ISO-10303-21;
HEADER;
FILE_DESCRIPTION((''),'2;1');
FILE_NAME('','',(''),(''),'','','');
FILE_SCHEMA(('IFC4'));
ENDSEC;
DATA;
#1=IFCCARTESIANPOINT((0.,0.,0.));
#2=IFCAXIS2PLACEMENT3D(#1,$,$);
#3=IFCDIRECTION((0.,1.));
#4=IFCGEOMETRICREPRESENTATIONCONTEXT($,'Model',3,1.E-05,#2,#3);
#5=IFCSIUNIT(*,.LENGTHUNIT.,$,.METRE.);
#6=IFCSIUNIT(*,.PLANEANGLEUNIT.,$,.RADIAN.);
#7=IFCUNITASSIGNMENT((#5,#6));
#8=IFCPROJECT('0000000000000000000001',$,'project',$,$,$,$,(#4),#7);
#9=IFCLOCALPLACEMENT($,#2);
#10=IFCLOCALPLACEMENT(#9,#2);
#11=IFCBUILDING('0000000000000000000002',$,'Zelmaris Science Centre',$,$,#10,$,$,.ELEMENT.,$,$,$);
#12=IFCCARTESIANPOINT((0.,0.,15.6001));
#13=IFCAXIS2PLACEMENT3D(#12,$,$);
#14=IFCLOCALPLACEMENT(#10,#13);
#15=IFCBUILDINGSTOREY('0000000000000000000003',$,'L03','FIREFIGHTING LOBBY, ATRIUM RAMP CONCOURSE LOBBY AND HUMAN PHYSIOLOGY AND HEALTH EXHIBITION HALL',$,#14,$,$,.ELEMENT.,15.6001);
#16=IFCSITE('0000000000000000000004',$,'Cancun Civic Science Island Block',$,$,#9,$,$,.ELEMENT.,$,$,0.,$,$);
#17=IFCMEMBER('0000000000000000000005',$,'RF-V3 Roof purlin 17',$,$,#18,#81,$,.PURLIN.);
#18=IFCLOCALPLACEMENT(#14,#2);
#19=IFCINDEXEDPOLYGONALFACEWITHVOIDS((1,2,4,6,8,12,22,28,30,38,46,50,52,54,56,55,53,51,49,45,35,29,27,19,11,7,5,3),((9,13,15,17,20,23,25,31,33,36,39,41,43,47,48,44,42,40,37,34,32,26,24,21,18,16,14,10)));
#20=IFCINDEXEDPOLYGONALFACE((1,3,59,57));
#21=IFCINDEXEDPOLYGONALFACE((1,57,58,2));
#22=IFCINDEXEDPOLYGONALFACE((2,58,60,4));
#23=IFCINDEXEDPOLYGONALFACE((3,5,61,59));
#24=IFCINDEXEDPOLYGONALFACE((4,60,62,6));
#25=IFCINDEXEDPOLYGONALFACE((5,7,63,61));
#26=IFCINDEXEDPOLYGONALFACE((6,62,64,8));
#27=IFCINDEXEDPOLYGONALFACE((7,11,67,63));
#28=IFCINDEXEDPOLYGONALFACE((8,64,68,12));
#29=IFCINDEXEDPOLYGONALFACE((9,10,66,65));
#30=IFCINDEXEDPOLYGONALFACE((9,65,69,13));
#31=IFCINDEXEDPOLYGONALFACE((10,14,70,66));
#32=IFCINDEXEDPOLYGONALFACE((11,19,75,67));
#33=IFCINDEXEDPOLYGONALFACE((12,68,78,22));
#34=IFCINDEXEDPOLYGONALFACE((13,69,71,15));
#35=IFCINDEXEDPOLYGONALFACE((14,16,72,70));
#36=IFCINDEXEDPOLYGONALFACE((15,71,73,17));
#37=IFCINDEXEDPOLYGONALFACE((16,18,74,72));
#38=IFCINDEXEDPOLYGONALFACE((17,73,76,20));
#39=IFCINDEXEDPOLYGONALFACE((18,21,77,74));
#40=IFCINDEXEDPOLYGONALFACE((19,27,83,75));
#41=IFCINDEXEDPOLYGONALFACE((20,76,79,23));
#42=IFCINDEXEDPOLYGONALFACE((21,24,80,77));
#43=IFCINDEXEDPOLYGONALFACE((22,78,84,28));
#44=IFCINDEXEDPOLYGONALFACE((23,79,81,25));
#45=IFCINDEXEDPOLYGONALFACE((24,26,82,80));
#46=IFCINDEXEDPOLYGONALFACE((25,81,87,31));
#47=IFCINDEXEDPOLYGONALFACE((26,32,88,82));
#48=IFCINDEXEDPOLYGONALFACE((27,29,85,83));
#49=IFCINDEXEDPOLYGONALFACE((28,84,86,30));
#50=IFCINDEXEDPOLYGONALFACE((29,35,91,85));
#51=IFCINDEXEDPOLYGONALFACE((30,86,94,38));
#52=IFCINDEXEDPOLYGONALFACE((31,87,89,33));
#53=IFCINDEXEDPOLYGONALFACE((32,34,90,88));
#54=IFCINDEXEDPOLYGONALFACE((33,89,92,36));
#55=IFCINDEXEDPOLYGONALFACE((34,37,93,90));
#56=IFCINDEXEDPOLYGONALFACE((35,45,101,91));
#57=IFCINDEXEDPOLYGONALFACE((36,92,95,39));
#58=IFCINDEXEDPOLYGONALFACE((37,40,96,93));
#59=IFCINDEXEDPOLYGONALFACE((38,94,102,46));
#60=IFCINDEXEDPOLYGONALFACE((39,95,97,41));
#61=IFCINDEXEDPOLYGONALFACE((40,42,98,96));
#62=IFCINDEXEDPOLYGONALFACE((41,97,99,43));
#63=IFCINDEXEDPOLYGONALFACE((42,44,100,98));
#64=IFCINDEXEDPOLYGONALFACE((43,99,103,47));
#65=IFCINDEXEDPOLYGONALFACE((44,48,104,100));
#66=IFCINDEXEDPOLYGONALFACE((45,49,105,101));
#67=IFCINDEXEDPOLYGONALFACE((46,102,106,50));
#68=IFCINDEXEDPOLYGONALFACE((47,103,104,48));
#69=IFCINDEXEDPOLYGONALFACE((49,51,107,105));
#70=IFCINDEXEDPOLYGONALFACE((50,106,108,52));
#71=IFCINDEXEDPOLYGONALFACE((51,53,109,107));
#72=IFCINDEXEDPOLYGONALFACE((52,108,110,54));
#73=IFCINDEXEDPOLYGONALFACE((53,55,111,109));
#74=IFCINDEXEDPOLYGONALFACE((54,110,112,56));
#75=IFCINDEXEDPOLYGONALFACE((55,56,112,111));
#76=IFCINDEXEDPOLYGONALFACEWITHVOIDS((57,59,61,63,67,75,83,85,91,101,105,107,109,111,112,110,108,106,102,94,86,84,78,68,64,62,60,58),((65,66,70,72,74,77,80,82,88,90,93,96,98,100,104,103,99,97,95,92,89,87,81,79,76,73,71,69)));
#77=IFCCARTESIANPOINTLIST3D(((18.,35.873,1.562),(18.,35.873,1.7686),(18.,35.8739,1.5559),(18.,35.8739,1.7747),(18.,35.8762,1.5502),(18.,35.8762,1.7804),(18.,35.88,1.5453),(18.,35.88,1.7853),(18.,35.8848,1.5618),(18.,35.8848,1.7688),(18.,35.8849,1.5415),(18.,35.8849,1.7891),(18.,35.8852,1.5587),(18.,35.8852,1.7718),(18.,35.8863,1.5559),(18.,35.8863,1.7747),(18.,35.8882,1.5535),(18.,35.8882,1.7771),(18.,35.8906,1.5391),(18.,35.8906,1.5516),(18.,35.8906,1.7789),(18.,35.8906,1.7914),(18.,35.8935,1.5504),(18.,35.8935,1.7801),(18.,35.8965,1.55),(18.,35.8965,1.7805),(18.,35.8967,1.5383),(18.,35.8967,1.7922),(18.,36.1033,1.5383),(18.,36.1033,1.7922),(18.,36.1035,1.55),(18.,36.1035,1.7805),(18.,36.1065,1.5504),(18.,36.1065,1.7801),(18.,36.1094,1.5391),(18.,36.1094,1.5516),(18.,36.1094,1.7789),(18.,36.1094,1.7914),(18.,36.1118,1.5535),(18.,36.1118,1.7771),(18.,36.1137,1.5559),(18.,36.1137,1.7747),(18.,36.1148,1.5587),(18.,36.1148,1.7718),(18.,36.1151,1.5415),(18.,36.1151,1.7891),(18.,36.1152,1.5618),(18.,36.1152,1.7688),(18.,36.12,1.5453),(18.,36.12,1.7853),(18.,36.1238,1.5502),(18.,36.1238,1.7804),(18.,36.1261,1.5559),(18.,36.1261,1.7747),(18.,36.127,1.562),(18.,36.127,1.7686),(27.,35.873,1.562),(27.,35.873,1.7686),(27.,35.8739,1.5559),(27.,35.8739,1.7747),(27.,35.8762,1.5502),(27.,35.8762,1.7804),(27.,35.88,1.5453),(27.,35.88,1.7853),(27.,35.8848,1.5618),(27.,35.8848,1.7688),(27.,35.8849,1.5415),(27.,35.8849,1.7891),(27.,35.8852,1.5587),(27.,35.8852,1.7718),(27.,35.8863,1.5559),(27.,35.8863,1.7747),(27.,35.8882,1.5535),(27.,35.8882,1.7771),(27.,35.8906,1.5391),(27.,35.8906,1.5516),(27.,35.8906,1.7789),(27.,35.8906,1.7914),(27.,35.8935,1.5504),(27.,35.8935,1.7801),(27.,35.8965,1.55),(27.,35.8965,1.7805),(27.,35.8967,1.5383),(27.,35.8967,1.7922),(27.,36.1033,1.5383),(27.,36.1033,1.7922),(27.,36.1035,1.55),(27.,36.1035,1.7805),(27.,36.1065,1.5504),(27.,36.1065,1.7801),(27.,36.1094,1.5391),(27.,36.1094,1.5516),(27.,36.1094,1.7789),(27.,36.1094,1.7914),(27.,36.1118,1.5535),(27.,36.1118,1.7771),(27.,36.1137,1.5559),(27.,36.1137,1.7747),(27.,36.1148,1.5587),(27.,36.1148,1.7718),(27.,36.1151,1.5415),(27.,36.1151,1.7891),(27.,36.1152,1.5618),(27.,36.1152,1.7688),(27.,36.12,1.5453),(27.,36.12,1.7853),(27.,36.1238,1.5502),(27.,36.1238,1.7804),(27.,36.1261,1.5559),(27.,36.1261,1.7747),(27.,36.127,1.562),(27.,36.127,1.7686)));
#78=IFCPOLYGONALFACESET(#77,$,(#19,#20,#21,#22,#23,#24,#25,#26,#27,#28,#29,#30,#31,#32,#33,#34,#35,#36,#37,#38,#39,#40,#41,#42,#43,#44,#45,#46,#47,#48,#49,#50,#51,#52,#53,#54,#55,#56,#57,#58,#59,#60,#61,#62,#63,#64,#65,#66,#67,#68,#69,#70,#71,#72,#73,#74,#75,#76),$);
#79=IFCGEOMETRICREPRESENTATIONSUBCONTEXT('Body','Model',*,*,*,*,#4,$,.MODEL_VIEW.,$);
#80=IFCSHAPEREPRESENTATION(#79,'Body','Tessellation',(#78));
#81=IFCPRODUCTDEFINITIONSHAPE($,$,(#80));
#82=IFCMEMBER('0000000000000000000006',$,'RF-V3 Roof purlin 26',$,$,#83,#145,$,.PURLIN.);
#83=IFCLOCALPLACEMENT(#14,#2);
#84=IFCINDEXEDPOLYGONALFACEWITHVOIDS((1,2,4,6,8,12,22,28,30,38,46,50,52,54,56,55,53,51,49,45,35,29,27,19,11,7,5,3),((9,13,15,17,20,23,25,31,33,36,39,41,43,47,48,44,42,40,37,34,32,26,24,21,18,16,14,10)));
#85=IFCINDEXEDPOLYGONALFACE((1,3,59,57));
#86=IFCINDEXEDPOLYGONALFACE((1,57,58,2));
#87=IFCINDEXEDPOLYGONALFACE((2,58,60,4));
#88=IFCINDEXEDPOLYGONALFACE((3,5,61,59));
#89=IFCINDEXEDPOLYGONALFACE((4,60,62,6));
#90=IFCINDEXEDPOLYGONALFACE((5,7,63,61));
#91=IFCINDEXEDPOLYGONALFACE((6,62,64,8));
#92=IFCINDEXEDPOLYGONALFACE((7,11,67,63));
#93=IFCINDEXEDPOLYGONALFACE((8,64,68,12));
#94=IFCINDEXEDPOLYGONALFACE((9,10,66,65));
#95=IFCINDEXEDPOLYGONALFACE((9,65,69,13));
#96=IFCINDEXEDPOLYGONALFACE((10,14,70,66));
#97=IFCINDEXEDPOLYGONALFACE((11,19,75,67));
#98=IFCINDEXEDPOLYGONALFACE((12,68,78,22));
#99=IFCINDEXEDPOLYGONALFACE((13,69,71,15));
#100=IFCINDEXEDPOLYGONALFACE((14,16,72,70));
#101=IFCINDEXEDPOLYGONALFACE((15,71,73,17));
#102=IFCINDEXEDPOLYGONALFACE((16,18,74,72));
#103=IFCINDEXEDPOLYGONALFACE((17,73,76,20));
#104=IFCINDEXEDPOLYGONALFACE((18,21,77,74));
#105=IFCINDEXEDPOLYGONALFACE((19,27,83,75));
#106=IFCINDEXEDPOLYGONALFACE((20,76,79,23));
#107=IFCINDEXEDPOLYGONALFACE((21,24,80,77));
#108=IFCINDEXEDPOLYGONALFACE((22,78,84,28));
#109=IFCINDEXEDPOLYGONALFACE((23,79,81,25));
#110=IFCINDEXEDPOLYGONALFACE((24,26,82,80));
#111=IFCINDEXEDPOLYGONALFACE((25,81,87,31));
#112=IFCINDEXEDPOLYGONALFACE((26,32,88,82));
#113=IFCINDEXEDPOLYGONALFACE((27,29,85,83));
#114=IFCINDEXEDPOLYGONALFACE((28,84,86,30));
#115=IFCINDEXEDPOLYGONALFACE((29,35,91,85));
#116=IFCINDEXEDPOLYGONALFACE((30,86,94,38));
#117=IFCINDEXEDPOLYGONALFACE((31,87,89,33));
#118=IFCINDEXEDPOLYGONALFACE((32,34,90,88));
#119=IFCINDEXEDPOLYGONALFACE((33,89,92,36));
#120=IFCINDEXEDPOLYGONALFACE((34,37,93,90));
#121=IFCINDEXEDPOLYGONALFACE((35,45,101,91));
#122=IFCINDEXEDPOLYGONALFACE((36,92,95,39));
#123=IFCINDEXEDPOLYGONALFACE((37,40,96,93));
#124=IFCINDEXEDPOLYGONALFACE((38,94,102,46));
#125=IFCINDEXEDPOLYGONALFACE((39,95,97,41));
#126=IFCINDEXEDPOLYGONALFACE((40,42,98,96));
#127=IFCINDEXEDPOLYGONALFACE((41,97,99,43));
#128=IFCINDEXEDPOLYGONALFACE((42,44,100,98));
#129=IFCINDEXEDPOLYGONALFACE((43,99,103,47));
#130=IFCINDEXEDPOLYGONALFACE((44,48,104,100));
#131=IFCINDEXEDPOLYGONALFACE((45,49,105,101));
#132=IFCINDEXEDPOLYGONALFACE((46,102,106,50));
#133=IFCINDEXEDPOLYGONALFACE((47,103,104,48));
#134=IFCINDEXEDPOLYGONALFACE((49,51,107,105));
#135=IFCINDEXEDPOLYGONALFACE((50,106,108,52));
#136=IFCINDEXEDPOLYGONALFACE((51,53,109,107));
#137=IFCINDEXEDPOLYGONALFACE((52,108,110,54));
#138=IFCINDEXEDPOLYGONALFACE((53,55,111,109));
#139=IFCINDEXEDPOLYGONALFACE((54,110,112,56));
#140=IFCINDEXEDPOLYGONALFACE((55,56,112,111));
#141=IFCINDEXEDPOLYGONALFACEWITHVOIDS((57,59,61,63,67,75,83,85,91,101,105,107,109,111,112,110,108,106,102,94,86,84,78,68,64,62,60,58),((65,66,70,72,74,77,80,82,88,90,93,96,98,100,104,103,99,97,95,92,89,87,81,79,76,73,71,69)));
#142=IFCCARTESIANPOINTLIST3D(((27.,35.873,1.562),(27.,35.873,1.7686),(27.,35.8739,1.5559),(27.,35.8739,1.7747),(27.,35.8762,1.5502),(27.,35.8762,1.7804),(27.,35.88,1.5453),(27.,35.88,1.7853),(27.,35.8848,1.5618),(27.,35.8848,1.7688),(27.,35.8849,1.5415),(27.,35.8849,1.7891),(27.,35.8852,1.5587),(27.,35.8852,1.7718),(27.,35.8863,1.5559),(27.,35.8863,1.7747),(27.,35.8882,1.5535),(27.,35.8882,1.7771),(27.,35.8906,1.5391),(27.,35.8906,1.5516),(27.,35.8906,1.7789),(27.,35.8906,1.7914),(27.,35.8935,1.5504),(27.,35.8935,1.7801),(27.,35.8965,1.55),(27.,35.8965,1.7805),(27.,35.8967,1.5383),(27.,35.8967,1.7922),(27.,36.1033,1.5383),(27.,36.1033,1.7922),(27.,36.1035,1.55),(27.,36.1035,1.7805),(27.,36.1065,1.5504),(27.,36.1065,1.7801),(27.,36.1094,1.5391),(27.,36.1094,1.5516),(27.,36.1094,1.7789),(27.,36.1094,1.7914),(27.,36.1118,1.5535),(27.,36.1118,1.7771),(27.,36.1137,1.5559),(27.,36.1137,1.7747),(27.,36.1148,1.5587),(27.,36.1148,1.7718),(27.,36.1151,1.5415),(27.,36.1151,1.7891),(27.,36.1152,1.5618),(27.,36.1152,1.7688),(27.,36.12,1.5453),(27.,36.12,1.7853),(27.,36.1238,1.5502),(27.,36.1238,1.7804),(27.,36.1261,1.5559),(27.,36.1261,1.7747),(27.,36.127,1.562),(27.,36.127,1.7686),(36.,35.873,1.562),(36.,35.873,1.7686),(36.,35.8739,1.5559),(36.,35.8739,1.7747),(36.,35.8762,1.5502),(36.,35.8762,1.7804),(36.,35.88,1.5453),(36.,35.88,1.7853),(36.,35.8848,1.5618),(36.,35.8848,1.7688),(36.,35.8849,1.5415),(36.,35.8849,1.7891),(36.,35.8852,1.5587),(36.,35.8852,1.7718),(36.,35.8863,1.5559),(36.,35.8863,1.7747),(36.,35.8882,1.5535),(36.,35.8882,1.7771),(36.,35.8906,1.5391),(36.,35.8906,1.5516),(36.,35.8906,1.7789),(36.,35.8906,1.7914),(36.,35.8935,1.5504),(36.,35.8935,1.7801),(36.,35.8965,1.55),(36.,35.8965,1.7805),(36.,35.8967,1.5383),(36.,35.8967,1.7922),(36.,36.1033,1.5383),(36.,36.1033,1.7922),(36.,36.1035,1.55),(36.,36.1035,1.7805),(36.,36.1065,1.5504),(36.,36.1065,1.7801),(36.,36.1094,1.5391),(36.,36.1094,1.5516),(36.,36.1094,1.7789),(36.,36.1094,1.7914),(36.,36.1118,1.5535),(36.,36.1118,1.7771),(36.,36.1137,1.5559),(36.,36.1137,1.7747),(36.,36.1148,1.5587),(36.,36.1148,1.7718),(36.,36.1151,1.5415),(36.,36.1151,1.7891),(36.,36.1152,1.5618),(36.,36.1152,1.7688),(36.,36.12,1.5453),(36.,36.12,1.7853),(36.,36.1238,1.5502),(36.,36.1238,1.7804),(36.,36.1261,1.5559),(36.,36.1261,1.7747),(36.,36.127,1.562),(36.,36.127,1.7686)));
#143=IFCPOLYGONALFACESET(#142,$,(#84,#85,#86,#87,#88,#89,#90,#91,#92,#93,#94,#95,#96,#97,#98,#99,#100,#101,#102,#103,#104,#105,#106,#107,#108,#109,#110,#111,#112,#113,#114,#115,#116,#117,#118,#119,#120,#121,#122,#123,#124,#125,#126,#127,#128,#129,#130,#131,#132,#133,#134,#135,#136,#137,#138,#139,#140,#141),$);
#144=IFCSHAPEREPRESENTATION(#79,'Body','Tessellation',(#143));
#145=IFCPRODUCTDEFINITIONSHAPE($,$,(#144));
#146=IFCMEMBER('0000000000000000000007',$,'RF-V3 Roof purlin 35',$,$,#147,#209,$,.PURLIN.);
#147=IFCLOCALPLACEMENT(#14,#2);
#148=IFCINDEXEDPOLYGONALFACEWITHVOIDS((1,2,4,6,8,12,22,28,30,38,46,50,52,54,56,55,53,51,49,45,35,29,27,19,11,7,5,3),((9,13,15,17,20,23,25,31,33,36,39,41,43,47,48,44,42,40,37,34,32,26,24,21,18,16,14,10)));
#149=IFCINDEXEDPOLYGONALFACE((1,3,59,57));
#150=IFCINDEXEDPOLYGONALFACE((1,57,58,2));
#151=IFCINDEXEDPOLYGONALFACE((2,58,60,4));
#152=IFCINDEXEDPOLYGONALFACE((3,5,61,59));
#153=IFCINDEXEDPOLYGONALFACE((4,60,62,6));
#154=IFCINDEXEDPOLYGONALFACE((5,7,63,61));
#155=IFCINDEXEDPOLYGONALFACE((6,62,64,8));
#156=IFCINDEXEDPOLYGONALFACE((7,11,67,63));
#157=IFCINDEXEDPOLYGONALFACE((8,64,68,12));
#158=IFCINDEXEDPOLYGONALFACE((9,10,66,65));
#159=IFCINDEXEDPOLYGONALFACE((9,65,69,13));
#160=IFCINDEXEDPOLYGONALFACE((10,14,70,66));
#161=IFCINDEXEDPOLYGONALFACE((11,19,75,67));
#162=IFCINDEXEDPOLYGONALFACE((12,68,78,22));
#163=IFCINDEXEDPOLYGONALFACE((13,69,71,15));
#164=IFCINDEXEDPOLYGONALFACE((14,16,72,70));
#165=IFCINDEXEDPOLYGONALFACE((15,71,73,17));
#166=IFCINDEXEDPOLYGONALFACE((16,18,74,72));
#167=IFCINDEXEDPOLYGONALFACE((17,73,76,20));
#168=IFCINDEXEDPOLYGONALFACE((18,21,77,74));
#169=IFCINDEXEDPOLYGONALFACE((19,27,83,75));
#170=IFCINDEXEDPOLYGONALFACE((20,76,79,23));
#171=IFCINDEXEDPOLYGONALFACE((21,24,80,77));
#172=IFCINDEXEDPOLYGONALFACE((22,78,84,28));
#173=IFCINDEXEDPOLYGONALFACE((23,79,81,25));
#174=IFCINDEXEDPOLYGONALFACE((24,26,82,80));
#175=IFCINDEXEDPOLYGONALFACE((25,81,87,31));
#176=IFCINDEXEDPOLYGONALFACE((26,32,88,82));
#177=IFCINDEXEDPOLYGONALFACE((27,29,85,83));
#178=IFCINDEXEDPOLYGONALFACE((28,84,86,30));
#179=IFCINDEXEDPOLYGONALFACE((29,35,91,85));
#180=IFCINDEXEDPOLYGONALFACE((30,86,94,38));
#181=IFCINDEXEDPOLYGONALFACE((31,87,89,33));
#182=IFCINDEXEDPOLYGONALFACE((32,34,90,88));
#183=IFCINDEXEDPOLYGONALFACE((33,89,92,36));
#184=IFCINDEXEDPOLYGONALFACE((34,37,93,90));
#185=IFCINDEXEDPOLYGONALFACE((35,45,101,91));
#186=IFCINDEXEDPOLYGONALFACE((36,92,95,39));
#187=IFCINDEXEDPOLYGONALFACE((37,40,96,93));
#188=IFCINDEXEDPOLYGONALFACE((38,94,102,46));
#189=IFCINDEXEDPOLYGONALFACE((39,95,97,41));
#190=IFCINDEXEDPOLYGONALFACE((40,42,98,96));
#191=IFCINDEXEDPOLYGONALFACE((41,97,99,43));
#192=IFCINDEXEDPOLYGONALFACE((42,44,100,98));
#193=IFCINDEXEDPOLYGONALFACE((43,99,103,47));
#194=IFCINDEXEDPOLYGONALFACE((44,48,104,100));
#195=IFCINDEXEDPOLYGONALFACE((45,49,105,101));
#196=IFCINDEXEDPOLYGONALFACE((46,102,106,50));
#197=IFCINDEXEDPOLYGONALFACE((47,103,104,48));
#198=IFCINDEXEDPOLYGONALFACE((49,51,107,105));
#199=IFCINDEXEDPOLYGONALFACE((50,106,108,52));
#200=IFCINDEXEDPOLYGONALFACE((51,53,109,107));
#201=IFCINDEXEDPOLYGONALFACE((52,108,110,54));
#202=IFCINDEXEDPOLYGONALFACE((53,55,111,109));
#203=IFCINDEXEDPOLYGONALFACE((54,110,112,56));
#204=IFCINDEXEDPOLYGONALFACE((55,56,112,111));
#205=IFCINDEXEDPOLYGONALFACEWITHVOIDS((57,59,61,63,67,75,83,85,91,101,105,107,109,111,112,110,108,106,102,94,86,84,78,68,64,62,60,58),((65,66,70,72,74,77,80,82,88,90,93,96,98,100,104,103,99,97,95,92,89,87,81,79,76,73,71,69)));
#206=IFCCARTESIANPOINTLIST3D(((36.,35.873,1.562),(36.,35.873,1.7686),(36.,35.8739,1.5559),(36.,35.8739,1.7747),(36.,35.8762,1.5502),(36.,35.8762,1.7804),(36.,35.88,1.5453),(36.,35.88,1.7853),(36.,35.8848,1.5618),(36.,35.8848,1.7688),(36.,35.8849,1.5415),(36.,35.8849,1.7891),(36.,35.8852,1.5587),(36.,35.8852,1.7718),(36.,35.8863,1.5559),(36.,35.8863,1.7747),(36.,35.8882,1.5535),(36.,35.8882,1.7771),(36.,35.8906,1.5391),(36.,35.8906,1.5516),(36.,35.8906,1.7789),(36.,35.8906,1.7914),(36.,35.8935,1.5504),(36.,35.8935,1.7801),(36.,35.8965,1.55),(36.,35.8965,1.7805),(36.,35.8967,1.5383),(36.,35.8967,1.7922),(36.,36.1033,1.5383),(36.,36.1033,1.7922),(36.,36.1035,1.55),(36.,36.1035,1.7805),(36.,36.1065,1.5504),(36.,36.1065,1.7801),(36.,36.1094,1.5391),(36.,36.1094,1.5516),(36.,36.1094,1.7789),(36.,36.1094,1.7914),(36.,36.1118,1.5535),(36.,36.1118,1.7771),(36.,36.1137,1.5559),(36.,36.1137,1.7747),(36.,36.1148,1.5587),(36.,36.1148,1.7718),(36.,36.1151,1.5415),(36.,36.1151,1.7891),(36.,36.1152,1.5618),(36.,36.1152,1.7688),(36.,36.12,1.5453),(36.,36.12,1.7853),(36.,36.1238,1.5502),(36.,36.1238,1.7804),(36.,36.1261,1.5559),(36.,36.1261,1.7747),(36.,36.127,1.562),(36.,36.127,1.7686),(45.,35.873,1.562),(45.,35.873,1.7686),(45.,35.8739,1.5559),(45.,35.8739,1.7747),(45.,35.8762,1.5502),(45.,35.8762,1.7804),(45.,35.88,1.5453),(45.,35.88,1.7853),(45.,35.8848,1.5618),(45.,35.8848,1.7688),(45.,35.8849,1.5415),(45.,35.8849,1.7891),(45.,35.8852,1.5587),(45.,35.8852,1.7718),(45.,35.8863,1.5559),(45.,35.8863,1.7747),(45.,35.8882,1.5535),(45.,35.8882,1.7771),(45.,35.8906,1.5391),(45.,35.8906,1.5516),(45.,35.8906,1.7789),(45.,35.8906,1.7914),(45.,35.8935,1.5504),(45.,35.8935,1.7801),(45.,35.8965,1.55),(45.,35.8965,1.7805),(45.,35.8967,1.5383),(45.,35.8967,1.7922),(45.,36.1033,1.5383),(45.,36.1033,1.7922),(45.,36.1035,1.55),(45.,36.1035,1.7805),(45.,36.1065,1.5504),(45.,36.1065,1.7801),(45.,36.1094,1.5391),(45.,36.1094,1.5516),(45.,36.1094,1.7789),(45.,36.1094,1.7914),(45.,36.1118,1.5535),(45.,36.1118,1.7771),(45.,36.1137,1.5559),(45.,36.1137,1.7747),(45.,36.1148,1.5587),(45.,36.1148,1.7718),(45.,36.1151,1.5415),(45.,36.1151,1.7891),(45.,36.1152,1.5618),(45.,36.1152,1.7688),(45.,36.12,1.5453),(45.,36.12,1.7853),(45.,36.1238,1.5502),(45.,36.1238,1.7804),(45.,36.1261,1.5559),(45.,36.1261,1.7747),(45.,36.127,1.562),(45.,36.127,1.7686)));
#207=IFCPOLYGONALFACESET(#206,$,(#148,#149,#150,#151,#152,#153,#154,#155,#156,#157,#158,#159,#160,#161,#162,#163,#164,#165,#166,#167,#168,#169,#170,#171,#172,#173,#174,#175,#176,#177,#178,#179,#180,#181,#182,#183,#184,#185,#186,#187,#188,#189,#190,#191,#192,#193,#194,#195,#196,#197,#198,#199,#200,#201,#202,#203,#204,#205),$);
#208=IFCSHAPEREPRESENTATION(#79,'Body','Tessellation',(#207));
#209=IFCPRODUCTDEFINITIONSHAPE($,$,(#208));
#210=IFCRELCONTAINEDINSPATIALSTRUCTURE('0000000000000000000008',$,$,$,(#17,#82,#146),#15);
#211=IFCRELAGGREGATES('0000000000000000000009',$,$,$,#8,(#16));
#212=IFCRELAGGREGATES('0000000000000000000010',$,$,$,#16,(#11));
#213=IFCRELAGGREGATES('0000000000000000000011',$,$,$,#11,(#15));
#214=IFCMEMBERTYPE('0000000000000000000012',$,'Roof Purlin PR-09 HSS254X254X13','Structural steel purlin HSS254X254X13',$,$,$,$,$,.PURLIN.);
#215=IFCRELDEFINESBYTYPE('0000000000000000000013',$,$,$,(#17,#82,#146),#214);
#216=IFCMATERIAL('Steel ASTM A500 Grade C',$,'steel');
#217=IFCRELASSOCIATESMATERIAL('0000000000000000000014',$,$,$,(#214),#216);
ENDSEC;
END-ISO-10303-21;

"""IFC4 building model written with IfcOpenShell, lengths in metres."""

from ifc_helpers import new_model, si_unit, direction, frame, origin, origin_2d, place, context, subcontext, project, spatial, hollow_rectangle, extrude, material, material_profile, profile_set, type_object, element, save


model = new_model("IFC4")

# Units and contexts
model_context = context("Model", 3, precision=1e-05, world=origin(), true_north=direction((0.0, 1.0)))
body_context = subcontext(model_context, "Body", "Model", "MODEL_VIEW")
ifc_project = project(units=[si_unit("LENGTHUNIT", "METRE"), si_unit("PLANEANGLEUNIT", "RADIAN")], contexts=[model_context])

# Site, building, storey
site_placement = place(None, origin())
site = spatial("IfcSite", under=ifc_project, at=site_placement, Name="Cancun Civic Science Island Block", CompositionType="ELEMENT", RefElevation=0.0)
building_placement = place(site_placement, origin())
building = spatial("IfcBuilding", under=site, at=building_placement, Name="Zelmaris Science Centre", CompositionType="ELEMENT")
storey_placement = place(building_placement, frame((0.0, 0.0, 15.6001)))
storey = spatial("IfcBuildingStorey", under=building, at=storey_placement, Name="L03", Description="FIREFIGHTING LOBBY, ATRIUM RAMP CONCOURSE LOBBY AND HUMAN PHYSIOLOGY AND HEALTH EXHIBITION HALL", CompositionType="ELEMENT", Elevation=15.6001)

# Members
ifc_material_1 = material(Name="Steel ASTM A500 Grade C", Category="steel")
ifc_material_profile_1 = material_profile(ifc_material_1, hollow_rectangle(XDim=0.2539, YDim=0.2539, WallThickness=0.0117, InnerFilletRadius=0.0117, OuterFilletRadius=0.0237, at=origin_2d()), Name="HSS254X254X13")
ifc_profile_set_1 = profile_set([ifc_material_profile_1], Name="Steel ASTM A500 Grade C")
member_type_1 = type_object("IfcMemberType", Name="Roof Purlin PR-09 HSS254X254X13", Description="Structural steel purlin HSS254X254X13", PredefinedType="PURLIN", material=ifc_profile_set_1)
for number, where, z_axis, x_axis, name in (
    (1, (18.0, 36.0, 1.6653), (1.0, 0.0, 0.0), (0.0, 1.0, 0.0), "RF-V3 Roof purlin 17"),
    (2, (27.0, 36.0, 1.6653), (1.0, 0.0, 0.0), (0.0, 1.0, 0.0), "RF-V3 Roof purlin 26"),
    (3, (36.0, 36.0, 1.6653), (1.0, 0.0, 0.0), (0.0, 1.0, 0.0), "RF-V3 Roof purlin 35"),
):
    element("IfcMember", number, at=place(storey_placement, frame(where, z_axis=z_axis, x_axis=x_axis)), inside=storey, type_object=member_type_1, Name=name, PredefinedType="PURLIN", context=body_context, shape_type="SweptSolid", body=[
        extrude(hollow_rectangle(XDim=0.2539, YDim=0.2539, WallThickness=0.0117, InnerFilletRadius=0.0117, OuterFilletRadius=0.0237, at=origin_2d()), origin(), (0.0, 0.0, 1.0), 9.0),
    ])

save(model, "model.ifc")
